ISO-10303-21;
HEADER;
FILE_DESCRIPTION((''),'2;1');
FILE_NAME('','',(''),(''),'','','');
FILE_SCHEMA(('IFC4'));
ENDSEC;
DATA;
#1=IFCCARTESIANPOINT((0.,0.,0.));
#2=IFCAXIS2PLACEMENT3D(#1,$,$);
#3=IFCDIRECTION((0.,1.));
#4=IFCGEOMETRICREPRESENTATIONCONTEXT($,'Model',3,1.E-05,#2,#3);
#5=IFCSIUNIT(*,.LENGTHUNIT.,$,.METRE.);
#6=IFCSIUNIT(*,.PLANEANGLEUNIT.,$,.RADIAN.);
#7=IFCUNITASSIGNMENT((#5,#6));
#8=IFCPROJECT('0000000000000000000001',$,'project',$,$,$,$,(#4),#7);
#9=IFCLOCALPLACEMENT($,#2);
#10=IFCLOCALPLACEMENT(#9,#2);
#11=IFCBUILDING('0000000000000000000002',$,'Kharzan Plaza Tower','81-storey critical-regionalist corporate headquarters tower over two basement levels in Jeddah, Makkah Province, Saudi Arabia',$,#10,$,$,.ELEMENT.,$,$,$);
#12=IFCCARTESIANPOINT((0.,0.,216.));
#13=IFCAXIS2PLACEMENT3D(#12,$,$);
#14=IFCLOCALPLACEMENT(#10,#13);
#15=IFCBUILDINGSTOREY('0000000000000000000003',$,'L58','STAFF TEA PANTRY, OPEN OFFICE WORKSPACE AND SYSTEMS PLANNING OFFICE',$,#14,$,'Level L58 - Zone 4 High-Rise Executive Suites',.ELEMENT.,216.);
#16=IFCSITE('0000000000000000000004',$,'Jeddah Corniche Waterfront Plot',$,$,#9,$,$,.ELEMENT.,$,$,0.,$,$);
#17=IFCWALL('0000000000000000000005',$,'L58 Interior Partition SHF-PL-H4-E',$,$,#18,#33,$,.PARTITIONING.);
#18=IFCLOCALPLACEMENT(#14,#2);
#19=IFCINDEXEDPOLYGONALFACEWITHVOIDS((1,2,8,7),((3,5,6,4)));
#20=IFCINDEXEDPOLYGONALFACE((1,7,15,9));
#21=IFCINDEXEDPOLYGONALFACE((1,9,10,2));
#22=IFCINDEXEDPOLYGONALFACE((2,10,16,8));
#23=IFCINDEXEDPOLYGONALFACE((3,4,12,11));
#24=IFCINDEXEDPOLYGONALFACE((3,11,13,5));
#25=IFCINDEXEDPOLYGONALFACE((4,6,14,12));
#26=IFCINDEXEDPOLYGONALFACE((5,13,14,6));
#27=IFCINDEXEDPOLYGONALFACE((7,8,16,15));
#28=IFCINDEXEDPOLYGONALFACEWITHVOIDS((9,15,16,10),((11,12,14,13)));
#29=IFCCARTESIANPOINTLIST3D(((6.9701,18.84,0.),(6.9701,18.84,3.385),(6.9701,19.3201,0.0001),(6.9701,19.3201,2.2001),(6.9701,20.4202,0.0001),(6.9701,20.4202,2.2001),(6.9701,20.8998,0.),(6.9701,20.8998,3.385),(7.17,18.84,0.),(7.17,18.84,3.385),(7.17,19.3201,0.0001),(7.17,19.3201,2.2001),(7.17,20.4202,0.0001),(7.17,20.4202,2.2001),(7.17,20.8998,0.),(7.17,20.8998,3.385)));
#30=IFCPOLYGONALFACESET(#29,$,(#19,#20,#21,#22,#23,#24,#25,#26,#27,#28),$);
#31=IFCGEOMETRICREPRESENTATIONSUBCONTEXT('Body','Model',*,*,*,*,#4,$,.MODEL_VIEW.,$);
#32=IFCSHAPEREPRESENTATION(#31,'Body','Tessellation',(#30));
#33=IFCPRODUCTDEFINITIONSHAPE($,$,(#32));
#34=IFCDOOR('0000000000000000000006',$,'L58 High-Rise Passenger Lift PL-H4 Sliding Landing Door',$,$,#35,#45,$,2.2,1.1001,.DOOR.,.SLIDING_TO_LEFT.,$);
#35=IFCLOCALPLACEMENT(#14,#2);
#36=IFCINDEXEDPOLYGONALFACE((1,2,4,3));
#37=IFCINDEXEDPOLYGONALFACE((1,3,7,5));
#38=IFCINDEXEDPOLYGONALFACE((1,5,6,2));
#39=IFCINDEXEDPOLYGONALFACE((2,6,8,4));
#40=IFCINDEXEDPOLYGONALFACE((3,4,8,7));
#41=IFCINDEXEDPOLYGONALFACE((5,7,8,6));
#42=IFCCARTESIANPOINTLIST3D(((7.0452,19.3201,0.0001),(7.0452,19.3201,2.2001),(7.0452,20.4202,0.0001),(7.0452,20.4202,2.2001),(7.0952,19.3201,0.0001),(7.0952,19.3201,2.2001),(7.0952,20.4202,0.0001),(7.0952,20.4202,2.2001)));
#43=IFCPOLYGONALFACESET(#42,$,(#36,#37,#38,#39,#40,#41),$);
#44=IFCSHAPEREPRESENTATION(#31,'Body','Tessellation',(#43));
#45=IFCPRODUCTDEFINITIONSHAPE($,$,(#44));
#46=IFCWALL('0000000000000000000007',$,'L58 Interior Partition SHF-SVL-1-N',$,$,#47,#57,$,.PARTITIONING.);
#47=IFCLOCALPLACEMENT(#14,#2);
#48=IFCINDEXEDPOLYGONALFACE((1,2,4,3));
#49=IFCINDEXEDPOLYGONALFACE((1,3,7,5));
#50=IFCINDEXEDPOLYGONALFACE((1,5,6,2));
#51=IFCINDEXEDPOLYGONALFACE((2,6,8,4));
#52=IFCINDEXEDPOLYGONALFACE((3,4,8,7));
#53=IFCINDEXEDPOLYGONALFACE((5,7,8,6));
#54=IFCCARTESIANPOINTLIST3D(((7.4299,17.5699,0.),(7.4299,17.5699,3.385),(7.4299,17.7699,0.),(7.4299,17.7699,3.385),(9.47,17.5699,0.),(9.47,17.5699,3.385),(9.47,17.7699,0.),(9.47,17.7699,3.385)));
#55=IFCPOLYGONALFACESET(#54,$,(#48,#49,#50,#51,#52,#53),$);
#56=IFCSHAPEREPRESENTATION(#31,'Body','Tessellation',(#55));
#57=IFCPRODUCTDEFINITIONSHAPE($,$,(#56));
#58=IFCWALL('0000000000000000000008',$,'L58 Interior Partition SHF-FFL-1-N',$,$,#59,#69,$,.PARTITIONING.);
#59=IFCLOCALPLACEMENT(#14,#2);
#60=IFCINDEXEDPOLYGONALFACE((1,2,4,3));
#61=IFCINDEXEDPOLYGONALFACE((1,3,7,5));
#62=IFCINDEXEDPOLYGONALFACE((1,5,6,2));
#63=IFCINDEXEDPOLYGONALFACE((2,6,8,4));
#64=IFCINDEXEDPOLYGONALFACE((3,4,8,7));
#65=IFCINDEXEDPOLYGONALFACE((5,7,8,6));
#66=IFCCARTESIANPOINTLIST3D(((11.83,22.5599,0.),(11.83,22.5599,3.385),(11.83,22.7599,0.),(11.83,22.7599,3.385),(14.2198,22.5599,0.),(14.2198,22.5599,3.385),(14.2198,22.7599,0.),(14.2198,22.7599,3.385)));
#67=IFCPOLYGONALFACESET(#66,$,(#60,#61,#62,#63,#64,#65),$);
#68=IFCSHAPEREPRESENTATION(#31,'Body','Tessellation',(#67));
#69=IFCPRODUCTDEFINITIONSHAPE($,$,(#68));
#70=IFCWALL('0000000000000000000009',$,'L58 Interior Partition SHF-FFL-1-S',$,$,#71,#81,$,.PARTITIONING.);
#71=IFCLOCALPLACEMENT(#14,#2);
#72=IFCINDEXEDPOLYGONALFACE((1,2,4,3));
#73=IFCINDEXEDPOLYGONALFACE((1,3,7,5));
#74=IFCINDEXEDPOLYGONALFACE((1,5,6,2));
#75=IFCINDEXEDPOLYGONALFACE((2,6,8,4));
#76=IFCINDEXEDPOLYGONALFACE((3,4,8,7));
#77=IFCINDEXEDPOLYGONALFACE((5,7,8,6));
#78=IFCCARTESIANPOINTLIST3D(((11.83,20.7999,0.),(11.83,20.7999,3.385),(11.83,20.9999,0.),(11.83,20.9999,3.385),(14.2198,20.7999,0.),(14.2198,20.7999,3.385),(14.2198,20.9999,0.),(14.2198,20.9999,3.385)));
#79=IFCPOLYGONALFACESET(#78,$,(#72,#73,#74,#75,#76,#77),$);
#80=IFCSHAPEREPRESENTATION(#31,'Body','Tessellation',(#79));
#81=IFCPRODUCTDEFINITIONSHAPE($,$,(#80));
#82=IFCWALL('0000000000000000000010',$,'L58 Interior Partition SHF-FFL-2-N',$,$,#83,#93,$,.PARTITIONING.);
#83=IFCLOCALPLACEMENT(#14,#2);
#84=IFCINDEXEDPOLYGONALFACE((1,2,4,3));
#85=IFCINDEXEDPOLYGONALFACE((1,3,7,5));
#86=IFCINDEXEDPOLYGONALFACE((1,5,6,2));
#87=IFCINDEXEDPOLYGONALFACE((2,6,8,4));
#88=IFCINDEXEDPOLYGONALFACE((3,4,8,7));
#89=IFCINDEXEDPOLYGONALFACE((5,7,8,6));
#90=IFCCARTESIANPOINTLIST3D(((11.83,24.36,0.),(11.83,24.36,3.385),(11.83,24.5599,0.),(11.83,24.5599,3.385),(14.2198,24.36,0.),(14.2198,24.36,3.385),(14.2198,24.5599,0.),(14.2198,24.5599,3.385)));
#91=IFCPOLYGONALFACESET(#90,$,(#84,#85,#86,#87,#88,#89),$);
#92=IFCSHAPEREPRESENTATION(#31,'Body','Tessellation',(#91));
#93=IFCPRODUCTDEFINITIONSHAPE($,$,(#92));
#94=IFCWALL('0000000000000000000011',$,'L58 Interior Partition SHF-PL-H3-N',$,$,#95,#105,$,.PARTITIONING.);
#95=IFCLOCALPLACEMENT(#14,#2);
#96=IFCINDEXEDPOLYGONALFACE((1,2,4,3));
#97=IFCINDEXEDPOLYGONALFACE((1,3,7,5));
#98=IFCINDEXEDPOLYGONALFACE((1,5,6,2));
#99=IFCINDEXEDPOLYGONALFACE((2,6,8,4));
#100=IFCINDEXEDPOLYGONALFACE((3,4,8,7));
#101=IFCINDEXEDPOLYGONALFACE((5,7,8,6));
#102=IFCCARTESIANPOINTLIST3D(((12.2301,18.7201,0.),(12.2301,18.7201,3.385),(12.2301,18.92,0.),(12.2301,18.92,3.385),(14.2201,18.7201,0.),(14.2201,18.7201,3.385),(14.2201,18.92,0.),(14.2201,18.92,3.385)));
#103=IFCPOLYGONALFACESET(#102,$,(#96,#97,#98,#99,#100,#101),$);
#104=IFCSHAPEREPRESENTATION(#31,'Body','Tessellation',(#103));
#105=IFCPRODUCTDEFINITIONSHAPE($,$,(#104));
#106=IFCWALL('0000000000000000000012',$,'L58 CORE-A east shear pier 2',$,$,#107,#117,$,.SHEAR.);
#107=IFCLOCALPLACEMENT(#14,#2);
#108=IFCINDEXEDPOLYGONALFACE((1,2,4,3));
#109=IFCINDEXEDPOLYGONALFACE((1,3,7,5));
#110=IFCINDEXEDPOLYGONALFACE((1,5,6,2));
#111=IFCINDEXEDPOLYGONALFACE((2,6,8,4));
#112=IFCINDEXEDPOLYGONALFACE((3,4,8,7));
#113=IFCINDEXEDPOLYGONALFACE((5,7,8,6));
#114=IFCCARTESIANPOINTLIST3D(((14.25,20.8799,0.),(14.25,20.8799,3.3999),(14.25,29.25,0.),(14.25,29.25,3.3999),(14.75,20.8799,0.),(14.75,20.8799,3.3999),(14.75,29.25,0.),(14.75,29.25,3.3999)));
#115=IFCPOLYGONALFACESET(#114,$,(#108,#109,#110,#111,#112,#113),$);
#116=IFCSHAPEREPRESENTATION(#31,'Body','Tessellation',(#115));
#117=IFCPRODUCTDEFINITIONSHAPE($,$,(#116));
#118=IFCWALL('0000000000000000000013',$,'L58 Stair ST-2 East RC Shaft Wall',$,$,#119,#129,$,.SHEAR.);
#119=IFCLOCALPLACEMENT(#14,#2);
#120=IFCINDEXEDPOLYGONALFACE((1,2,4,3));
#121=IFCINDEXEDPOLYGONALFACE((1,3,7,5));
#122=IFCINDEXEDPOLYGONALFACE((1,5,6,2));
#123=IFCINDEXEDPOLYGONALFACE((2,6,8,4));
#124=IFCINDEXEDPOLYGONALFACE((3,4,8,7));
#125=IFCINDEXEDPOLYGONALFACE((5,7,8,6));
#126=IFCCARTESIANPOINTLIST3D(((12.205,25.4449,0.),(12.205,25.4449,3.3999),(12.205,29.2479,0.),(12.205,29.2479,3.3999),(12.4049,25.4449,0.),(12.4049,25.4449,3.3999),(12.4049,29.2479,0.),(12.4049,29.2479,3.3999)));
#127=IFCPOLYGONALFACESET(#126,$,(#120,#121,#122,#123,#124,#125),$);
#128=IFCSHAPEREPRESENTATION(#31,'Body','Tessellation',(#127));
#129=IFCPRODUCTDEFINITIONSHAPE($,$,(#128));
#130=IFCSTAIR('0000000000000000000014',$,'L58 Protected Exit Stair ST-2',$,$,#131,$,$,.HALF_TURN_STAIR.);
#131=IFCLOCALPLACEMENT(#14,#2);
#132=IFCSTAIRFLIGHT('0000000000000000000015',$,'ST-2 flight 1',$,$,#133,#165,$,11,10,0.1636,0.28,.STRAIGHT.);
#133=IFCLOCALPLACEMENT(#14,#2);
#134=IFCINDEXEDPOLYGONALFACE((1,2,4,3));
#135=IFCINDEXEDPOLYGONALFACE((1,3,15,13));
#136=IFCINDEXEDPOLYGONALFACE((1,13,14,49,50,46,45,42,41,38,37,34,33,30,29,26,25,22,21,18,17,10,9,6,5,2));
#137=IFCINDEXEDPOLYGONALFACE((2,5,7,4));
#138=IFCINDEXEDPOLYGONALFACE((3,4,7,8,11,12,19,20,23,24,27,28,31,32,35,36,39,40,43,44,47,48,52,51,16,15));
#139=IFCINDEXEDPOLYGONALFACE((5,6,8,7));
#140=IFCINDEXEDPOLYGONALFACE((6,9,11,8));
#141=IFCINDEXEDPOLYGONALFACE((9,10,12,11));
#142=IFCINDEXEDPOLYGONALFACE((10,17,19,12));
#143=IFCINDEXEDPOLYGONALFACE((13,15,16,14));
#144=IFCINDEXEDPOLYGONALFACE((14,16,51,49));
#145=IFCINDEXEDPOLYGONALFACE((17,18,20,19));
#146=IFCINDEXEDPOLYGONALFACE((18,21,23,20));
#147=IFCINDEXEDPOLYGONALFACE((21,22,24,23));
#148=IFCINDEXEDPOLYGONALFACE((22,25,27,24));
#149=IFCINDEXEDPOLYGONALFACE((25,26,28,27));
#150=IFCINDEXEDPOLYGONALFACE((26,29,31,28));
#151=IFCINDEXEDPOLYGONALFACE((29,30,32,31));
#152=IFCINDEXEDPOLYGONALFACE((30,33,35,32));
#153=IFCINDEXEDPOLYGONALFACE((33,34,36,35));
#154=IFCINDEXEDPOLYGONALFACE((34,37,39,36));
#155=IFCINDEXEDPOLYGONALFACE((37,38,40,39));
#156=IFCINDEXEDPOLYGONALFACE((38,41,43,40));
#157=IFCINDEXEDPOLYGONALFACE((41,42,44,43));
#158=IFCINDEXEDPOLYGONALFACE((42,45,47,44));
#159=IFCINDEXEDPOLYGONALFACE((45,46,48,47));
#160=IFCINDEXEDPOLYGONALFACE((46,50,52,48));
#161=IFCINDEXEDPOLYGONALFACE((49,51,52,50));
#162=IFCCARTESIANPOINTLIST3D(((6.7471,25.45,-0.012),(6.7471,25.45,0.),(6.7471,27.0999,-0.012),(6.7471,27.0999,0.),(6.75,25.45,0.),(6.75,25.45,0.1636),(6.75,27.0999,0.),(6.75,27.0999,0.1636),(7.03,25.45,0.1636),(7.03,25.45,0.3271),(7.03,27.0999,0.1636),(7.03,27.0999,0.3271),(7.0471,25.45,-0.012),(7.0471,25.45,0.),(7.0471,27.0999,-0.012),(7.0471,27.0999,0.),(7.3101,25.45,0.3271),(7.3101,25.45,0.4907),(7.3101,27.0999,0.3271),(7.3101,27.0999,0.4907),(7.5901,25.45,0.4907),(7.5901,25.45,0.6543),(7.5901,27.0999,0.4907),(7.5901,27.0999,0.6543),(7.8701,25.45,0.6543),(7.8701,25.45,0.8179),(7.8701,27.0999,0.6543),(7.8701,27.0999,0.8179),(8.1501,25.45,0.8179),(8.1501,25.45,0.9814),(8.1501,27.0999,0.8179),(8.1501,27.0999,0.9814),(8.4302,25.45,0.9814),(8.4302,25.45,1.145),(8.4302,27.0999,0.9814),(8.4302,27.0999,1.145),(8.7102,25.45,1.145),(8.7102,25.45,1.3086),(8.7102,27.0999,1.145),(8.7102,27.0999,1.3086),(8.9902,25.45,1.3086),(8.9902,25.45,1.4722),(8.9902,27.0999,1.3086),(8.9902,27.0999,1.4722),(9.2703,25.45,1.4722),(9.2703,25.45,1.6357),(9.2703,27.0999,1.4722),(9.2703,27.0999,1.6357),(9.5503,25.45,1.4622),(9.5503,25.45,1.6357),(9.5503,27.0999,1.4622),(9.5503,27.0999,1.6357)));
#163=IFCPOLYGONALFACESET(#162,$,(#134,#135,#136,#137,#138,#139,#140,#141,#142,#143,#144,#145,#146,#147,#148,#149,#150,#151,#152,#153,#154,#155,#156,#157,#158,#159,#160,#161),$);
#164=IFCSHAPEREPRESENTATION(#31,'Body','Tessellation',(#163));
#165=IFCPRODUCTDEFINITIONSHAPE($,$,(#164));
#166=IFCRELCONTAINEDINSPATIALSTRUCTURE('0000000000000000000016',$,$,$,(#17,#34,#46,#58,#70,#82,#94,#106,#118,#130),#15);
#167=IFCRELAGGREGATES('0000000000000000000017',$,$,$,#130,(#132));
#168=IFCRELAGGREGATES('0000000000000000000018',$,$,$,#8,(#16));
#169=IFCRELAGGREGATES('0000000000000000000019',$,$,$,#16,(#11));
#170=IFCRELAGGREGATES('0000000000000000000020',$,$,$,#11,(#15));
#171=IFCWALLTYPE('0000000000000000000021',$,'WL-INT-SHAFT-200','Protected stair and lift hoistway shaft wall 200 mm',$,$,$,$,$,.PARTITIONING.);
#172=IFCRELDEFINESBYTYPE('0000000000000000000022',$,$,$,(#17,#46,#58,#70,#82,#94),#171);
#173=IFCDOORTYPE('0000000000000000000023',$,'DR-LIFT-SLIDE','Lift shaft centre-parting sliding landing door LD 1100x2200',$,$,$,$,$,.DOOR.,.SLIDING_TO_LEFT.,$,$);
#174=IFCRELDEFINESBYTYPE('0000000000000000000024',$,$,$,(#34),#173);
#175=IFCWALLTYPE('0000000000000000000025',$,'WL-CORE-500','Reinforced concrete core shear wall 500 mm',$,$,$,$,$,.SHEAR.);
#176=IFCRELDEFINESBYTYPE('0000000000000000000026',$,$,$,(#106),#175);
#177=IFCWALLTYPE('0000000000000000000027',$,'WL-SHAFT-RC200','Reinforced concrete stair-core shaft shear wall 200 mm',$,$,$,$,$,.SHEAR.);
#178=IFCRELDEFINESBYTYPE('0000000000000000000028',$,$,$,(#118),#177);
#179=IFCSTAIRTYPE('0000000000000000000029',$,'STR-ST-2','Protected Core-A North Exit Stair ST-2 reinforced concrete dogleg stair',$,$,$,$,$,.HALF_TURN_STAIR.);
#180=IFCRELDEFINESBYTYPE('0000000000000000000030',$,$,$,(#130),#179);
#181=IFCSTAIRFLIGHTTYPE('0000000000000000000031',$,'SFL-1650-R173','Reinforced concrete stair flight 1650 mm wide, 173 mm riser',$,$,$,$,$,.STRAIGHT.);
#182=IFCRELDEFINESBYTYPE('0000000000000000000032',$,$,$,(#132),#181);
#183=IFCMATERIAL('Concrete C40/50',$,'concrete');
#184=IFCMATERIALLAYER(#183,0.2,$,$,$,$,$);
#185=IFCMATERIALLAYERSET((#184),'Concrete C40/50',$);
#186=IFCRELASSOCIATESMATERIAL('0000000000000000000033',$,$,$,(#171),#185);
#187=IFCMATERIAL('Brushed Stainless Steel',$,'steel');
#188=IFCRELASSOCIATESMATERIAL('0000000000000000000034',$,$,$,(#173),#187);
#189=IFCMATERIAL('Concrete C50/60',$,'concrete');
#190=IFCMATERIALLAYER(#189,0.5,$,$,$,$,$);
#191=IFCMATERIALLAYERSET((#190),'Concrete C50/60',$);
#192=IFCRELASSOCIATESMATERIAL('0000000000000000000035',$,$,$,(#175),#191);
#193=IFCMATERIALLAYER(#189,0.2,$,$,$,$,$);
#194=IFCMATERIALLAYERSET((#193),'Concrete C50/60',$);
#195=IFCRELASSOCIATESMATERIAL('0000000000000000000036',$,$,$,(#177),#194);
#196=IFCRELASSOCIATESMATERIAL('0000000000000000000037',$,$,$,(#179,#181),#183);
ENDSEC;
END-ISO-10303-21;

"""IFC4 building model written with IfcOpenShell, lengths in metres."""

from ifc_helpers import new_model, si_unit, direction, frame, frame_2d, origin, place, context, subcontext, project, spatial, polyline, rectangle, outline, extrude, source, transform, mapped, material, layer, layer_set, type_object, element, fill, aggregate, save


model = new_model("IFC4")

# Units and contexts
model_context = context("Model", 3, precision=1e-05, world=origin(), true_north=direction((0.0, 1.0)))
body_context = subcontext(model_context, "Body", "Model", "MODEL_VIEW")
ifc_project = project(units=[si_unit("LENGTHUNIT", "METRE"), si_unit("PLANEANGLEUNIT", "RADIAN")], contexts=[model_context])

# Site, building, storey
site_placement = place(None, origin())
site = spatial("IfcSite", under=ifc_project, at=site_placement, Name="Jeddah Corniche Waterfront Plot", CompositionType="ELEMENT", RefElevation=0.0)
building_placement = place(site_placement, origin())
building = spatial("IfcBuilding", under=site, at=building_placement, Name="Kharzan Plaza Tower", Description="81-storey critical-regionalist corporate headquarters tower over two basement levels in Jeddah, Makkah Province, Saudi Arabia", CompositionType="ELEMENT")
storey_placement = place(building_placement, frame((0.0, 0.0, 216.0)))
storey = spatial("IfcBuildingStorey", under=building, at=storey_placement, Name="L58", Description="STAFF TEA PANTRY, OPEN OFFICE WORKSPACE AND SYSTEMS PLANNING OFFICE", LongName="Level L58 - Zone 4 High-Rise Executive Suites", CompositionType="ELEMENT", Elevation=216.0)

# Wall, opening, door
ifc_material_1 = material(Name="Concrete C40/50", Category="concrete")
ifc_layer_1 = layer(ifc_material_1, 0.2)
ifc_layer_set_1 = layer_set([ifc_layer_1], Name="Concrete C40/50")
wall_type_1 = type_object("IfcWallType", Name="WL-INT-SHAFT-200", Description="Protected stair and lift hoistway shaft wall 200 mm", PredefinedType="PARTITIONING", material=ifc_layer_set_1)
ifc_material_2 = material(Name="Brushed Stainless Steel", Category="steel")
door_type_1 = type_object("IfcDoorType", Name="DR-LIFT-SLIDE", Description="Lift shaft centre-parting sliding landing door LD 1100x2200", OperationType="SLIDING_TO_LEFT", PredefinedType="DOOR", material=ifc_material_2)
shared_shape_1 = source(origin(), body_context, "Body", "SweptSolid", [
    extrude(rectangle(XDim=1.1001, YDim=2.2, at=frame_2d((0.55, 1.1001))), frame((0.0, 0.0249, 0.0), z_axis=(0.0, -1.0, 0.0), x_axis=(1.0, 0.0, 0.0)), (0.0, 0.0, 1.0), 0.05),
])
wall_1_placement = place(storey_placement, frame((7.0701, 18.8401, 0.0), z_axis=(0.0, 0.0, 1.0), x_axis=(0.0, 1.0, 0.0)))
wall_1 = element("IfcWall", 1, at=wall_1_placement, inside=storey, type_object=wall_type_1, Name="L58 Interior Partition SHF-PL-H4-E", PredefinedType="PARTITIONING", context=body_context, shape_type="SweptSolid", body=[
    extrude(rectangle(XDim=2.0598, YDim=0.2, at=frame_2d((1.0298, 0.0))), origin(), (0.0, 0.0, 1.0), 3.385),
])
opening_1_placement = place(wall_1_placement, frame((0.48, 0.0, 0.0)))
opening_1 = element("IfcOpeningElement", 2, at=opening_1_placement, cuts=wall_1, PredefinedType="OPENING", context=body_context, shape_type="SweptSolid", body=[
    extrude(rectangle(XDim=1.1001, YDim=2.2, at=frame_2d((0.55, 1.1001))), frame((0.0, 0.1099, 0.0), z_axis=(0.0, -1.0, 0.0), x_axis=(1.0, 0.0, 0.0)), (0.0, 0.0, 1.0), 0.22),
])
door_1_placement = place(opening_1_placement, origin())
door_1 = element("IfcDoor", 3, at=door_1_placement, inside=storey, type_object=door_type_1, Name="L58 High-Rise Passenger Lift PL-H4 Sliding Landing Door", OperationType="SLIDING_TO_LEFT", OverallHeight=2.2, OverallWidth=1.1001, PredefinedType="DOOR", context=body_context, shape_type="MappedRepresentation", body=[
    mapped(shared_shape_1, transform((0.0, 0.0, 0.0), x_axis=(1.0, 0.0, 0.0), y_axis=(0.0, 1.0, 0.0), z_axis=(0.0, 0.0, 1.0))),
])
fill(opening_1, door_1)

# Walls
shared_shape_2 = source(origin(), body_context, "Body", "SweptSolid", [
    extrude(rectangle(XDim=2.04, YDim=0.2, at=frame_2d((1.02, 0.0))), origin(), (0.0, 0.0, 1.0), 3.385),
])
wall_2_placement = place(storey_placement, frame((7.4299, 17.6699, 0.0), z_axis=(0.0, 0.0, 1.0), x_axis=(1.0, 0.0, 0.0)))
element("IfcWall", 4, at=wall_2_placement, inside=storey, type_object=wall_type_1, Name="L58 Interior Partition SHF-SVL-1-N", PredefinedType="PARTITIONING", context=body_context, shape_type="MappedRepresentation", body=[
    mapped(shared_shape_2, transform((0.0, 0.0, 0.0), x_axis=(1.0, 0.0, 0.0), y_axis=(0.0, 1.0, 0.0), z_axis=(0.0, 0.0, 1.0))),
])
shared_shape_3 = source(origin(), body_context, "Body", "SweptSolid", [
    extrude(rectangle(XDim=2.3899, YDim=0.2, at=frame_2d((1.1948, 0.0))), origin(), (0.0, 0.0, 1.0), 3.385),
])
for number, where, z_axis, x_axis, name in (
    (5, (11.8301, 22.6599, 0.0), (0.0, 0.0, 1.0), (1.0, 0.0, 0.0), "L58 Interior Partition SHF-FFL-1-N"),
    (6, (11.8301, 20.8999, 0.0), (0.0, 0.0, 1.0), (1.0, 0.0, 0.0), "L58 Interior Partition SHF-FFL-1-S"),
    (7, (11.8301, 24.46, 0.0), (0.0, 0.0, 1.0), (1.0, 0.0, 0.0), "L58 Interior Partition SHF-FFL-2-N"),
):
    element("IfcWall", number, at=place(storey_placement, frame(where, z_axis=z_axis, x_axis=x_axis)), inside=storey, type_object=wall_type_1, Name=name, PredefinedType="PARTITIONING", context=body_context, shape_type="MappedRepresentation", body=[
        mapped(shared_shape_3, transform((0.0, 0.0, 0.0), x_axis=(1.0, 0.0, 0.0), y_axis=(0.0, 1.0, 0.0), z_axis=(0.0, 0.0, 1.0))),
    ])
shared_shape_4 = source(origin(), body_context, "Body", "SweptSolid", [
    extrude(rectangle(XDim=1.99, YDim=0.2, at=frame_2d((0.9951, 0.0))), origin(), (0.0, 0.0, 1.0), 3.385),
])
wall_3_placement = place(storey_placement, frame((12.23, 18.8201, 0.0), z_axis=(0.0, 0.0, 1.0), x_axis=(1.0, 0.0, 0.0)))
element("IfcWall", 8, at=wall_3_placement, inside=storey, type_object=wall_type_1, Name="L58 Interior Partition SHF-PL-H3-N", PredefinedType="PARTITIONING", context=body_context, shape_type="MappedRepresentation", body=[
    mapped(shared_shape_4, transform((0.0, 0.0, 0.0), x_axis=(1.0, 0.0, 0.0), y_axis=(0.0, 1.0, 0.0), z_axis=(0.0, 0.0, 1.0))),
])
ifc_material_3 = material(Name="Concrete C50/60", Category="concrete")
ifc_layer_2 = layer(ifc_material_3, 0.5)
ifc_layer_set_2 = layer_set([ifc_layer_2], Name="Concrete C50/60")
wall_type_2 = type_object("IfcWallType", Name="WL-CORE-500", Description="Reinforced concrete core shear wall 500 mm", PredefinedType="SHEAR", material=ifc_layer_set_2)
shared_shape_5 = source(origin(), body_context, "Body", "SweptSolid", [
    extrude(rectangle(XDim=8.3701, YDim=0.5, at=frame_2d((4.1851, 0.0))), origin(), (0.0, 0.0, 1.0), 3.3999),
])
wall_4_placement = place(storey_placement, frame((14.5, 20.8799, 0.0), z_axis=(0.0, 0.0, 1.0), x_axis=(0.0, 1.0, 0.0)))
element("IfcWall", 9, at=wall_4_placement, inside=storey, type_object=wall_type_2, Name="L58 CORE-A east shear pier 2", PredefinedType="SHEAR", context=body_context, shape_type="MappedRepresentation", body=[
    mapped(shared_shape_5, transform((0.0, 0.0, 0.0), x_axis=(1.0, 0.0, 0.0), y_axis=(0.0, 1.0, 0.0), z_axis=(0.0, 0.0, 1.0))),
])
ifc_layer_3 = layer(ifc_material_3, 0.2)
ifc_layer_set_3 = layer_set([ifc_layer_3], Name="Concrete C50/60")
wall_type_3 = type_object("IfcWallType", Name="WL-SHAFT-RC200", Description="Reinforced concrete stair-core shaft shear wall 200 mm", PredefinedType="SHEAR", material=ifc_layer_set_3)
shared_shape_6 = source(origin(), body_context, "Body", "SweptSolid", [
    extrude(rectangle(XDim=3.803, YDim=0.2, at=frame_2d((1.9014, 0.0))), origin(), (0.0, 0.0, 1.0), 3.3999),
])
wall_5_placement = place(storey_placement, frame((12.3049, 25.4451, 0.0), z_axis=(0.0, 0.0, 1.0), x_axis=(0.0, 1.0, 0.0)))
element("IfcWall", 10, at=wall_5_placement, inside=storey, type_object=wall_type_3, Name="L58 Stair ST-2 East RC Shaft Wall", PredefinedType="SHEAR", context=body_context, shape_type="MappedRepresentation", body=[
    mapped(shared_shape_6, transform((0.0, 0.0, 0.0), x_axis=(1.0, 0.0, 0.0), y_axis=(0.0, 1.0, 0.0), z_axis=(0.0, 0.0, 1.0))),
])

# Stair, stair flight
stair_type = type_object("IfcStairType", Name="STR-ST-2", Description="Protected Core-A North Exit Stair ST-2 reinforced concrete dogleg stair", PredefinedType="HALF_TURN_STAIR", material=ifc_material_1)
stair_placement = place(storey_placement, origin())
stair = element("IfcStair", 11, at=stair_placement, inside=storey, type_object=stair_type, Name="L58 Protected Exit Stair ST-2", PredefinedType="HALF_TURN_STAIR")
stair_flight_type = type_object("IfcStairFlightType", Name="SFL-1650-R173", Description="Reinforced concrete stair flight 1650 mm wide, 173 mm riser", PredefinedType="STRAIGHT", material=ifc_material_1)
shared_shape_7 = source(origin(), body_context, "Body", "SweptSolid", [
    extrude(outline(polyline([(-0.0029, -0.012), (-0.0029, 0.0), (0.0, 0.0), (0.0, 0.1636), (0.28, 0.1636), (0.28, 0.3271), (0.5601, 0.3271), (0.5601, 0.4907), (0.8401, 0.4907), (0.8401, 0.6543), (1.1201, 0.6543), (1.1201, 0.8179), (1.4001, 0.8179), (1.4001, 0.9814), (1.6802, 0.9814), (1.6802, 1.145), (1.9602, 1.145), (1.9602, 1.3086), (2.2402, 1.3086), (2.2402, 1.4722), (2.5203, 1.4722), (2.5203, 1.6357), (2.8003, 1.6357), (2.8003, 1.7993), (2.8003, 1.4622), (0.2971, 0.0), (0.2971, -0.012), (-0.0029, -0.012)])), frame((0.0, 0.825, 0.0), z_axis=(0.0, -1.0, 0.0), x_axis=(1.0, 0.0, 0.0)), (0.0, 0.0, 1.0), 1.6499),
])
stair_flight_placement = place(storey_placement, frame((6.75, 26.2749, 0.0), z_axis=(0.0, 0.0, 1.0), x_axis=(1.0, 0.0, 0.0)))
stair_flight = element("IfcStairFlight", 12, at=stair_flight_placement, type_object=stair_flight_type, Name="ST-2 flight 1", NumberOfRisers=11, NumberOfTreads=10, PredefinedType="STRAIGHT", RiserHeight=0.1636, TreadLength=0.28, context=body_context, shape_type="MappedRepresentation", body=[
    mapped(shared_shape_7, transform((0.0, 0.0, 0.0), x_axis=(1.0, 0.0, 0.0), y_axis=(0.0, 1.0, 0.0), z_axis=(0.0, 0.0, 1.0))),
])
aggregate(stair, [stair_flight])

save(model, "model.ifc")
